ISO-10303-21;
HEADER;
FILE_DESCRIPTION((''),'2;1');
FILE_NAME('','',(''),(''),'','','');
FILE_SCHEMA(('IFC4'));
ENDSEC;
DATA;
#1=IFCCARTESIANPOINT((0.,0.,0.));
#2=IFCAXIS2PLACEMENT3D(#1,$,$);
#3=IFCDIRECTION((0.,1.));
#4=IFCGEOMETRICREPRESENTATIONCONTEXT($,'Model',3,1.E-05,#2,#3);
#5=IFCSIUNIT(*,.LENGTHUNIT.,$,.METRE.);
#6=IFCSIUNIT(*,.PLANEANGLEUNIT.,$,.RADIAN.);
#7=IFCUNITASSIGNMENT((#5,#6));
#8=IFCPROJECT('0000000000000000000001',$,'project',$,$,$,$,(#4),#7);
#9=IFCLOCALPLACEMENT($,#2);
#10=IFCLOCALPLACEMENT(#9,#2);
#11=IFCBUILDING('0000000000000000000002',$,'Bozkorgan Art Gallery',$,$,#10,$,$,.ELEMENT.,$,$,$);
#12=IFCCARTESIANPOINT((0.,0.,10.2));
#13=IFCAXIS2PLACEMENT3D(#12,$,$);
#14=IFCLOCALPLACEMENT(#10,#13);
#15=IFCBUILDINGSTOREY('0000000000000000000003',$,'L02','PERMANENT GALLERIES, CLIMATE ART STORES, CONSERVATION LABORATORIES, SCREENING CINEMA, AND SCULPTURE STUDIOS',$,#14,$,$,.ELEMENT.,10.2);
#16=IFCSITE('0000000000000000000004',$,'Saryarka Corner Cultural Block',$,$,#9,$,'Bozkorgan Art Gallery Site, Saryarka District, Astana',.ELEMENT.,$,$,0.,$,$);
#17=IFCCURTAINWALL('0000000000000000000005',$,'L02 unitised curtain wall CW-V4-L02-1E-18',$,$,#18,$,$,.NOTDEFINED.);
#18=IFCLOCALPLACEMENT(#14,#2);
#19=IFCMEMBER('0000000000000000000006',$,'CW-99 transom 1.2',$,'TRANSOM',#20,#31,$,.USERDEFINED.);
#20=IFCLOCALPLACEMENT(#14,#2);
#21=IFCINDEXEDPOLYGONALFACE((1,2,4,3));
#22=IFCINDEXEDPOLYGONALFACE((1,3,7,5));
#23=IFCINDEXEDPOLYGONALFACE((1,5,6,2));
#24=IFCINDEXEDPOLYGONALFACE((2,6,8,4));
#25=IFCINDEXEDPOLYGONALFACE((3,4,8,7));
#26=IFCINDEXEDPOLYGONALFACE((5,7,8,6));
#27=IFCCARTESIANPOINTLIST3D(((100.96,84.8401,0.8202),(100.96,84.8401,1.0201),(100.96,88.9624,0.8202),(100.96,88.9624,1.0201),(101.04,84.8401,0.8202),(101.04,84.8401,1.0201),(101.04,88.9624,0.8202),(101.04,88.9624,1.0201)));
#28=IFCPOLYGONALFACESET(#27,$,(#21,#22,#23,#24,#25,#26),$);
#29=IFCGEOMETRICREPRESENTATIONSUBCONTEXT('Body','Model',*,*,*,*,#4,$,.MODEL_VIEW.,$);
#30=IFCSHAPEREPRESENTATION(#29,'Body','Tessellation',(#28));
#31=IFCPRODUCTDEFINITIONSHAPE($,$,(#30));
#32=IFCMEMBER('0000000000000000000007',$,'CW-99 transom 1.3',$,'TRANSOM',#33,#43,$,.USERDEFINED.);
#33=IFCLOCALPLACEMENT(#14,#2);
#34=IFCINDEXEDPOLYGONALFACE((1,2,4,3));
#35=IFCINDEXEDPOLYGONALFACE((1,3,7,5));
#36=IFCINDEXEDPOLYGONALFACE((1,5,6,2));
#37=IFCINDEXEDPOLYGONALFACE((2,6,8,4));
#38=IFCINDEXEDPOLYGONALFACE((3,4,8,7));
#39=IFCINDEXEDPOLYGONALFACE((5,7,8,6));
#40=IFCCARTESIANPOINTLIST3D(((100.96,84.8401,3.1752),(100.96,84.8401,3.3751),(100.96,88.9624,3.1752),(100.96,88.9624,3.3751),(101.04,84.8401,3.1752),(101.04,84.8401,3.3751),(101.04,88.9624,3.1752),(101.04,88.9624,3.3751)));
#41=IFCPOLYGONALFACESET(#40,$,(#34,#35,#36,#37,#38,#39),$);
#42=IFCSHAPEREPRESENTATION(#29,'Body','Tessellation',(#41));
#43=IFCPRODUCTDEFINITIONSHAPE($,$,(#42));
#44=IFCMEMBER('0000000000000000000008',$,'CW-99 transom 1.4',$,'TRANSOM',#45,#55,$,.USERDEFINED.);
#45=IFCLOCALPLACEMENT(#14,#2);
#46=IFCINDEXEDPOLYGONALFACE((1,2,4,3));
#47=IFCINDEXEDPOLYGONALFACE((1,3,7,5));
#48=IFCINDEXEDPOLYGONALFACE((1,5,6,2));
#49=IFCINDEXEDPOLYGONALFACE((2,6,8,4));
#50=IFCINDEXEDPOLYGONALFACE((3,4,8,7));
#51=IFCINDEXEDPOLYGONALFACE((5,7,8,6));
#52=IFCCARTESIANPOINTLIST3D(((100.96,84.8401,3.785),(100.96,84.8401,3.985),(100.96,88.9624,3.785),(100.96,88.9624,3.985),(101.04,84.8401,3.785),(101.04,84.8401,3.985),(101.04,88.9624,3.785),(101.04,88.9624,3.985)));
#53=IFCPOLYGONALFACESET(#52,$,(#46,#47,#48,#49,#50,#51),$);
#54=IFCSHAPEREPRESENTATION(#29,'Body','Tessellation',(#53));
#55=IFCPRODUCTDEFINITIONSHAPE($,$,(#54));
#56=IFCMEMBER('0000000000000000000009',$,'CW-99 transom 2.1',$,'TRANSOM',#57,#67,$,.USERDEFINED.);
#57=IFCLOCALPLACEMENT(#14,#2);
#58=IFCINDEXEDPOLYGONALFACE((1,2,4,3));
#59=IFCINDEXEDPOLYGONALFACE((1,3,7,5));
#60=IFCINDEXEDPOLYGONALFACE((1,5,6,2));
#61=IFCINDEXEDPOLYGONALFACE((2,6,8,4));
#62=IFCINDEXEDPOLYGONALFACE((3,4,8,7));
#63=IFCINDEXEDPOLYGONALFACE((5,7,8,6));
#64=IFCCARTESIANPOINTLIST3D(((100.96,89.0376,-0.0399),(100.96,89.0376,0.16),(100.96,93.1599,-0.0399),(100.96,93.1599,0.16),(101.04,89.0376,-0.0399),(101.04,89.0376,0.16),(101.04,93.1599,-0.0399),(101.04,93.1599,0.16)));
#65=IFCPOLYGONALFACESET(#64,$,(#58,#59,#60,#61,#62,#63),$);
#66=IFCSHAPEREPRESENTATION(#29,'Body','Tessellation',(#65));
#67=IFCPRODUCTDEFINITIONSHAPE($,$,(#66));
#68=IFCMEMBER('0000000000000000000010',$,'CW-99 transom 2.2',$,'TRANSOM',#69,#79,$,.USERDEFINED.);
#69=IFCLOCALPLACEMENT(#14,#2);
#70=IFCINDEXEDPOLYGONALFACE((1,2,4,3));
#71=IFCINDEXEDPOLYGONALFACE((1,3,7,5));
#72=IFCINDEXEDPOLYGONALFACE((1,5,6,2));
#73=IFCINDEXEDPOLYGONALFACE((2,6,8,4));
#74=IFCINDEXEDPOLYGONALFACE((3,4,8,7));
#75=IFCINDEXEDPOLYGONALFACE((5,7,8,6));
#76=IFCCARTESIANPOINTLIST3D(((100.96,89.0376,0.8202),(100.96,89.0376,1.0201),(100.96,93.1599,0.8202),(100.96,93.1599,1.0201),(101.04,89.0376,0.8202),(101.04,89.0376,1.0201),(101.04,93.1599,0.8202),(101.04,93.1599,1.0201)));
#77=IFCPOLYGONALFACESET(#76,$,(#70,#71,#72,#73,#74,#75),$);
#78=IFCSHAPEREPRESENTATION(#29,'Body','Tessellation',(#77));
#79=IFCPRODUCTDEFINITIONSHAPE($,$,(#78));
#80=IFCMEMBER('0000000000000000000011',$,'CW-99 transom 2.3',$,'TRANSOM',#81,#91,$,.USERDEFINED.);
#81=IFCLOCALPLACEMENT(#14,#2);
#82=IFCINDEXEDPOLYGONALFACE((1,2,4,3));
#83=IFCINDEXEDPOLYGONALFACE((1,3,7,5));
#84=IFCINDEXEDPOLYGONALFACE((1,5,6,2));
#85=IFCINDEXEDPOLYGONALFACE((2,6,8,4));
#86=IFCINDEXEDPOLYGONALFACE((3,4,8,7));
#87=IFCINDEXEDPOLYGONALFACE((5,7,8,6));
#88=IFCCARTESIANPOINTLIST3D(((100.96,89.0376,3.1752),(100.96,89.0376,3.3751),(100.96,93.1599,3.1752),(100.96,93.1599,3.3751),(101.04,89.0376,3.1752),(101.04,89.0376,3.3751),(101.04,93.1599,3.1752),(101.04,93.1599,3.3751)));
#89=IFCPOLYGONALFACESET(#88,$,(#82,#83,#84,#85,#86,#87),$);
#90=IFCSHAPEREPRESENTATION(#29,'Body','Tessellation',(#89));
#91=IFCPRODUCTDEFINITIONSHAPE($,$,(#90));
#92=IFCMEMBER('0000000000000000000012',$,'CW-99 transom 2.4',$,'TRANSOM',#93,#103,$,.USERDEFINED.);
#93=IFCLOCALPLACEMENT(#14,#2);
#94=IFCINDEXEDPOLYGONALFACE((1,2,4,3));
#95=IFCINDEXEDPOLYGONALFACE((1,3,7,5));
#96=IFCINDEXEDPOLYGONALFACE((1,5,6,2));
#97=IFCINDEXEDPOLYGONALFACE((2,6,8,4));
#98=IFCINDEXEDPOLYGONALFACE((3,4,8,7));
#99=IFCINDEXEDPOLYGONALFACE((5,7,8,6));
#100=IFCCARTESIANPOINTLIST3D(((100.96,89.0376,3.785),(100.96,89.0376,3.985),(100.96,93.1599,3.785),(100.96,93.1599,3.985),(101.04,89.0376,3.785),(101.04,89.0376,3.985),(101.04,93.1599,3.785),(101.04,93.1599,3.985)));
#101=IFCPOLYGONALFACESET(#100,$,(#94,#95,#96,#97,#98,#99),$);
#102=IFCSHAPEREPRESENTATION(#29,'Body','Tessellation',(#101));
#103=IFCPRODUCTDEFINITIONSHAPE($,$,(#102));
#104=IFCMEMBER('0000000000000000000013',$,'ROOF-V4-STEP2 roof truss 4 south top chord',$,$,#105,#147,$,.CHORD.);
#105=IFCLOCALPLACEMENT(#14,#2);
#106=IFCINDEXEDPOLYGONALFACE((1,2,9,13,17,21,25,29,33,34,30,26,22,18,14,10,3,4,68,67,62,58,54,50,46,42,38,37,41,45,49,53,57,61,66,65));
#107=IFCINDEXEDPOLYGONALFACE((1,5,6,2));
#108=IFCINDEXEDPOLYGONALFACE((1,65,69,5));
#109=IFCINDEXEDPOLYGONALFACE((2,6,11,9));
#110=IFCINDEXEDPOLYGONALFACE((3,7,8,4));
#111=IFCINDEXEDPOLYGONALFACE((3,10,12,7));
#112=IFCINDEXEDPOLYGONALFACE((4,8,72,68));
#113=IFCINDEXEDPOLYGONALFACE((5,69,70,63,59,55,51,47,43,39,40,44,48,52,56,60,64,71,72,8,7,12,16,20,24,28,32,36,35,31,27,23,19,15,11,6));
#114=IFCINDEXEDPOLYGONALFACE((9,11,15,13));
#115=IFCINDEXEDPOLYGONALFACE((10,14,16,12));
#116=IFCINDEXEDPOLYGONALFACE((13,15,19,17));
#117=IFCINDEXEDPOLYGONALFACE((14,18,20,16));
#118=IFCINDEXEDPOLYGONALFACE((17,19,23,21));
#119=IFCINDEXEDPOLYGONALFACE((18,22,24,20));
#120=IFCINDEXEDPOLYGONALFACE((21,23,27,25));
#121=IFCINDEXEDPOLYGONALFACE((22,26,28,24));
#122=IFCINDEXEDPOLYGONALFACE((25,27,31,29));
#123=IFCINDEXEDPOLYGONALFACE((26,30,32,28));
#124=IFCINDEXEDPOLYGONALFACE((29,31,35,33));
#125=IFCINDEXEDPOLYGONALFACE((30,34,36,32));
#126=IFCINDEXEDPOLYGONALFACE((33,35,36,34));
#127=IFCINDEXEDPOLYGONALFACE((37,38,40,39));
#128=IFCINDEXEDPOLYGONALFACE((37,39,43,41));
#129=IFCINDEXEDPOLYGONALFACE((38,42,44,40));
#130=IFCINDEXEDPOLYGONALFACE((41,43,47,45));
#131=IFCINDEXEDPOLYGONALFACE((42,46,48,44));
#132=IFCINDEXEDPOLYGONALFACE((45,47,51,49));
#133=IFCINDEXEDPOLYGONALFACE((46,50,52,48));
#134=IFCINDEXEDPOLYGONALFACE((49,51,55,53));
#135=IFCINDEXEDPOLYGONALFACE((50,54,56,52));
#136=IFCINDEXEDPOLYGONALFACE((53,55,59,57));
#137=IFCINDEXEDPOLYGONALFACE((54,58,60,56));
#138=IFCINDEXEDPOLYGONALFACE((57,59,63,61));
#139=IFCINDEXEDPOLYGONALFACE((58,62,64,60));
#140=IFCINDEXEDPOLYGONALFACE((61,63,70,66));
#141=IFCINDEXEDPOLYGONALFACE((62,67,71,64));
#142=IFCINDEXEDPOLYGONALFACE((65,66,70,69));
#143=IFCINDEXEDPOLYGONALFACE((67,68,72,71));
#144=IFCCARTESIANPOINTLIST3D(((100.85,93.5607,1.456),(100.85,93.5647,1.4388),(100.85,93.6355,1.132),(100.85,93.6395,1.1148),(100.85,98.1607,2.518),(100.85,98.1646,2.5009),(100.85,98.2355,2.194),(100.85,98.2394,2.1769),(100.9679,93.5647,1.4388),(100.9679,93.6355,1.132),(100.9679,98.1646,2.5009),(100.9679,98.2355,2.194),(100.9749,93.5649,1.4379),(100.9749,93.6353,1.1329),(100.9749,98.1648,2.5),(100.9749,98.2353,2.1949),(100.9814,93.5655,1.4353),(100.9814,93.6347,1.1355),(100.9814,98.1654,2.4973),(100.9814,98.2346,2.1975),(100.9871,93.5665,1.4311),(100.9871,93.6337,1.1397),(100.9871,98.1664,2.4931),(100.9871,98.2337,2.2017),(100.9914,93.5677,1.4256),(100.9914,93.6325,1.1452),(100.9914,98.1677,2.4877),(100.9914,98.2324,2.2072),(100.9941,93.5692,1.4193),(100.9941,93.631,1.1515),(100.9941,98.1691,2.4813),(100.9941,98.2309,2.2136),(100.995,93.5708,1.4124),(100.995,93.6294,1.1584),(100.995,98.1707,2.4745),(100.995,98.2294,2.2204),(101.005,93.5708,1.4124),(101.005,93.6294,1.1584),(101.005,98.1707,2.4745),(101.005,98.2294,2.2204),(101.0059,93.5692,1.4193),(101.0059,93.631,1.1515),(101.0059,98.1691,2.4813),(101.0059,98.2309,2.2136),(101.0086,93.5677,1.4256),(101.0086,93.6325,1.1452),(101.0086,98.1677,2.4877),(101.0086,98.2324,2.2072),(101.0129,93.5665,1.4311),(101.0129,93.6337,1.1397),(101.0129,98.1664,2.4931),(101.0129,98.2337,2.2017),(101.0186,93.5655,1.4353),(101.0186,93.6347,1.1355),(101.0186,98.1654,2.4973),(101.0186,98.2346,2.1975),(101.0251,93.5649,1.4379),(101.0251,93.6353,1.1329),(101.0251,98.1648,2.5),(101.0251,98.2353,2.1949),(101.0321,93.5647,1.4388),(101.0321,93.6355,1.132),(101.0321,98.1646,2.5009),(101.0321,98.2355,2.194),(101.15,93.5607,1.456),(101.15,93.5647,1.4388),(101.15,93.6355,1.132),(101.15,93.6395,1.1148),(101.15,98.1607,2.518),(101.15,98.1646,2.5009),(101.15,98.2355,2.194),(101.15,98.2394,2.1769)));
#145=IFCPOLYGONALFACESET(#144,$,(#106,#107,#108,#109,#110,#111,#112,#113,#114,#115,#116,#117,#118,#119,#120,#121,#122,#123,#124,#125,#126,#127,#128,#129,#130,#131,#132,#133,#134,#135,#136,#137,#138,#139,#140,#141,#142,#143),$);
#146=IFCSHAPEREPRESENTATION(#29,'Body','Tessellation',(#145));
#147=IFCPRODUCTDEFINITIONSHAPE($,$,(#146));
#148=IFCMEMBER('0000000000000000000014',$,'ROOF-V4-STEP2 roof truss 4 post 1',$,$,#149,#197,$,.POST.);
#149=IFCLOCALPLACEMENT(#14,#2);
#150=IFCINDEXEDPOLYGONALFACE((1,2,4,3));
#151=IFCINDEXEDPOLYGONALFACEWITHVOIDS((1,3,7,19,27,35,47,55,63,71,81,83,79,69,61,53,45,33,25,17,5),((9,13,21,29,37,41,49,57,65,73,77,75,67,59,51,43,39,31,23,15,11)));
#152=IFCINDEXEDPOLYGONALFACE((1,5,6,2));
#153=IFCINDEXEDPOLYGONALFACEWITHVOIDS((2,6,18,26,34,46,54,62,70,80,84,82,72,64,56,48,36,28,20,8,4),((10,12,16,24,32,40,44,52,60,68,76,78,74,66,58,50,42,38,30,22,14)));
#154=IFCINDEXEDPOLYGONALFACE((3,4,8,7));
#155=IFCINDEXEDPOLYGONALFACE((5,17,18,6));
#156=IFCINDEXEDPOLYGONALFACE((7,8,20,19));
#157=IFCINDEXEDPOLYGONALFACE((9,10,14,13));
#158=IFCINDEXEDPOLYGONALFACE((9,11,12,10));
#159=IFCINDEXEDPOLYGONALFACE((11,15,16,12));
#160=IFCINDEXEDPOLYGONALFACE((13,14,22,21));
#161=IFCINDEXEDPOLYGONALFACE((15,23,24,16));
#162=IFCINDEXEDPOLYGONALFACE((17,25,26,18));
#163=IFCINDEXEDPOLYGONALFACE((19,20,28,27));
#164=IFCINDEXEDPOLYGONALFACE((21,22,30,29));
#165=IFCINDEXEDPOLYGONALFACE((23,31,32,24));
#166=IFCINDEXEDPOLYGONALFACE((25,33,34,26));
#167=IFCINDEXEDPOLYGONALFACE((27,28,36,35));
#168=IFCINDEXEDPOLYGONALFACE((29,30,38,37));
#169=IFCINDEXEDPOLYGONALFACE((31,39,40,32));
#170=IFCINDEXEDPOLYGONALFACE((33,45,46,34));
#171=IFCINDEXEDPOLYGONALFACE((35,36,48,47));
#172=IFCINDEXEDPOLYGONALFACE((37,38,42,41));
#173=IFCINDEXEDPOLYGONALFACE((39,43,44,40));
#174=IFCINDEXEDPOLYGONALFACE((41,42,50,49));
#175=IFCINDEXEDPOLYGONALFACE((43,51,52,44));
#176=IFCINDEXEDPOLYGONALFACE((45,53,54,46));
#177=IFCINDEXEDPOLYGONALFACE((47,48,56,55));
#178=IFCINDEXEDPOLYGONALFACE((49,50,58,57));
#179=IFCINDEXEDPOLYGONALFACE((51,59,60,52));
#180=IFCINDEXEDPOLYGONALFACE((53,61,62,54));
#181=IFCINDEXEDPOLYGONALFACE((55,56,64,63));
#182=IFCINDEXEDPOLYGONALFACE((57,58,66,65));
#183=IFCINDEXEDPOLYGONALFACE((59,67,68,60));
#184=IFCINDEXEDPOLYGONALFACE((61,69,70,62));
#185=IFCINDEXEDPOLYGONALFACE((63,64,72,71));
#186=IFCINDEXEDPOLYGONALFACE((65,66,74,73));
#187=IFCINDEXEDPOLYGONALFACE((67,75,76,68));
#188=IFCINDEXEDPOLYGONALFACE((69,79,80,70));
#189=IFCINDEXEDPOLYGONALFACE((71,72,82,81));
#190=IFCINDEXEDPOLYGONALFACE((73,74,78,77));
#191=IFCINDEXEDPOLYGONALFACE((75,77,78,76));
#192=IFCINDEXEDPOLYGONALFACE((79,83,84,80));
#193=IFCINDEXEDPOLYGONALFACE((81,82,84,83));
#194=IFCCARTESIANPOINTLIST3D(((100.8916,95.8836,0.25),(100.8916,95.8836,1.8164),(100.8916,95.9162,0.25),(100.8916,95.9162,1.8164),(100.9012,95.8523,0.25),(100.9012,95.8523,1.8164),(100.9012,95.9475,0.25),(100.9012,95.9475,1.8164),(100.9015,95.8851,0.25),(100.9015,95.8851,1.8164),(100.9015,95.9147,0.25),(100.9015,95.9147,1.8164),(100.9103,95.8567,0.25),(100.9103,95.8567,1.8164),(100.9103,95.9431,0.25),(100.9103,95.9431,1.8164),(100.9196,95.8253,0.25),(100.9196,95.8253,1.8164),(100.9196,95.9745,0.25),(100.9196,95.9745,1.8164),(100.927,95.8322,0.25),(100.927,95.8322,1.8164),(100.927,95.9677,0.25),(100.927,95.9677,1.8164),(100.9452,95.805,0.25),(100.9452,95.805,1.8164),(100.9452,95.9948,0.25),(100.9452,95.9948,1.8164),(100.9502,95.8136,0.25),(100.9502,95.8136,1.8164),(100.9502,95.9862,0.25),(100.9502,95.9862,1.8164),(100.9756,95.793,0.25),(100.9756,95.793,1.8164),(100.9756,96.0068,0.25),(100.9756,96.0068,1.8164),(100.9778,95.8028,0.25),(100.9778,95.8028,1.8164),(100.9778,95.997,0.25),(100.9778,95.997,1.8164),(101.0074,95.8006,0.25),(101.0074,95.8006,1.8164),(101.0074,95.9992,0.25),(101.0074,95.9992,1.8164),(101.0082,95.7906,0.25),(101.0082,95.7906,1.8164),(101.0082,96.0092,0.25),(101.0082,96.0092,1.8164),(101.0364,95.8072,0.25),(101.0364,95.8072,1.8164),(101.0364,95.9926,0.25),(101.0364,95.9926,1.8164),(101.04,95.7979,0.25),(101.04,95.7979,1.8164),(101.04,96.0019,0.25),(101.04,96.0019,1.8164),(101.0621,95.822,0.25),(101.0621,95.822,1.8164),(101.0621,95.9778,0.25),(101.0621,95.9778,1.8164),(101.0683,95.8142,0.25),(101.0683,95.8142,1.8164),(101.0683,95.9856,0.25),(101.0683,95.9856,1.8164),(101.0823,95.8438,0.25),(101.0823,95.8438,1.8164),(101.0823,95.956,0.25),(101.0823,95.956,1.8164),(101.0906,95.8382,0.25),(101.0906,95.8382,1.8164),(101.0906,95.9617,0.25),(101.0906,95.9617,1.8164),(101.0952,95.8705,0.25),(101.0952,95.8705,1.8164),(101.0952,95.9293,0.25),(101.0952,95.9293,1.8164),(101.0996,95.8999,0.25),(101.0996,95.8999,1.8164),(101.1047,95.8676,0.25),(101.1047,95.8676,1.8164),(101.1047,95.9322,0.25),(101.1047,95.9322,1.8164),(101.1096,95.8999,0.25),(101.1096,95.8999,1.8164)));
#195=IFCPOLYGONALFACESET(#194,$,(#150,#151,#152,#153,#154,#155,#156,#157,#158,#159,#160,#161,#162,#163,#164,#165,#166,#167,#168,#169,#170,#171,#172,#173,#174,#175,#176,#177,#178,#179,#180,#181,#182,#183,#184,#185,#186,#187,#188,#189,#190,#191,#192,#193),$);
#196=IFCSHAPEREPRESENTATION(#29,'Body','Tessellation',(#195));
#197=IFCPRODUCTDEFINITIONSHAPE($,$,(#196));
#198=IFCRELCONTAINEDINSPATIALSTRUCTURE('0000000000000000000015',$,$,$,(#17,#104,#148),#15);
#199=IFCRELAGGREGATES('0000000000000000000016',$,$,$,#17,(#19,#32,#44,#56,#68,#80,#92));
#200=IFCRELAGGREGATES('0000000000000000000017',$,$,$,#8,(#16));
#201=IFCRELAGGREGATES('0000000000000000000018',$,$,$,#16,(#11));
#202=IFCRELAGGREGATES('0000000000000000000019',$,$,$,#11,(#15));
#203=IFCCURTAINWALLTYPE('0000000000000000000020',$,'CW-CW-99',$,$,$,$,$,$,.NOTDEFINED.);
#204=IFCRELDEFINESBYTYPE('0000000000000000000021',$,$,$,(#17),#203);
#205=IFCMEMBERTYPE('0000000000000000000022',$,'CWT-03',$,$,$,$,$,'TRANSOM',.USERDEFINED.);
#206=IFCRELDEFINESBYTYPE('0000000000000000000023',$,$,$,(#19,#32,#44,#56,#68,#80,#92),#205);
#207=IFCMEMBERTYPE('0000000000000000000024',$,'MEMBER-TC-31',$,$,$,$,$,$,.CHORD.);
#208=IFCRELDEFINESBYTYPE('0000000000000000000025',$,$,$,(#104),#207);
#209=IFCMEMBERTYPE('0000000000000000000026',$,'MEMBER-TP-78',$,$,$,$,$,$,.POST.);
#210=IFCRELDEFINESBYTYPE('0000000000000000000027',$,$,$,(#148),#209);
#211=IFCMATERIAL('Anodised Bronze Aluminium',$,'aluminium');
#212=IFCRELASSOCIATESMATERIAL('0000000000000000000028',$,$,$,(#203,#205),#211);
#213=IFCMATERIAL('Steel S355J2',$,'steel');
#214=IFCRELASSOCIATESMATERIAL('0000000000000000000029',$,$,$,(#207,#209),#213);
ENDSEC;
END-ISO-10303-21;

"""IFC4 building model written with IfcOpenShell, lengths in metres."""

from ifc_helpers import new_model, si_unit, direction, frame, origin, origin_2d, place, context, subcontext, project, spatial, rectangle, hollow_circle, i_section, extrude, material, material_profile, profile_set, type_object, element, aggregate, save


model = new_model("IFC4")

# Units and contexts
model_context = context("Model", 3, precision=1e-05, world=origin(), true_north=direction((0.0, 1.0)))
body_context = subcontext(model_context, "Body", "Model", "MODEL_VIEW")
ifc_project = project(units=[si_unit("LENGTHUNIT", "METRE"), si_unit("PLANEANGLEUNIT", "RADIAN")], contexts=[model_context])

# Site, building, storey
site_placement = place(None, origin())
site = spatial("IfcSite", under=ifc_project, at=site_placement, Name="Saryarka Corner Cultural Block", LongName="Bozkorgan Art Gallery Site, Saryarka District, Astana", CompositionType="ELEMENT", RefElevation=0.0)
building_placement = place(site_placement, origin())
building = spatial("IfcBuilding", under=site, at=building_placement, Name="Bozkorgan Art Gallery", CompositionType="ELEMENT")
storey_placement = place(building_placement, frame((0.0, 0.0, 10.2)))
storey = spatial("IfcBuildingStorey", under=building, at=storey_placement, Name="L02", Description="PERMANENT GALLERIES, CLIMATE ART STORES, CONSERVATION LABORATORIES, SCREENING CINEMA, AND SCULPTURE STUDIOS", CompositionType="ELEMENT", Elevation=10.2)

# Shared definitions
ifc_material_1 = material(Name="Steel S355J2", Category="steel")

# Shared definitions
ifc_material_2 = material(Name="Anodised Bronze Aluminium", Category="aluminium")
curtain_wall_type = type_object("IfcCurtainWallType", Name="CW-CW-99", PredefinedType="NOTDEFINED", material=ifc_material_2)

# Curtain wall, members
curtain_wall_1_placement = place(storey_placement, origin())
curtain_wall_1 = element("IfcCurtainWall", 1, at=curtain_wall_1_placement, inside=storey, type_object=curtain_wall_type, Name="L02 unitised curtain wall CW-V4-L02-1E-18", PredefinedType="NOTDEFINED")
ifc_material_profile_1 = material_profile(ifc_material_2, rectangle(XDim=0.0801, YDim=0.2, at=origin_2d()), Name="ALU TRANSOM 80x200")
ifc_profile_set_1 = profile_set([ifc_material_profile_1], Name="Anodised Bronze Aluminium")
member_type_1 = type_object("IfcMemberType", Name="CWT-03", ElementType="TRANSOM", PredefinedType="USERDEFINED", material=ifc_profile_set_1)
member_1_placement = place(storey_placement, frame((101.0, 84.8401, 0.9202), z_axis=(0.0, 1.0, 0.0), x_axis=(-1.0, 0.0, 0.0)))
member_1 = element("IfcMember", 2, at=member_1_placement, type_object=member_type_1, Name="CW-99 transom 1.2", ObjectType="TRANSOM", PredefinedType="USERDEFINED", context=body_context, shape_type="SweptSolid", body=[
    extrude(rectangle(XDim=0.0801, YDim=0.2, at=origin_2d()), origin(), (0.0, 0.0, 1.0), 4.1223),
])
member_2_placement = place(storey_placement, frame((101.0, 84.8401, 3.2751), z_axis=(0.0, 1.0, 0.0), x_axis=(-1.0, 0.0, 0.0)))
member_2 = element("IfcMember", 3, at=member_2_placement, type_object=member_type_1, Name="CW-99 transom 1.3", ObjectType="TRANSOM", PredefinedType="USERDEFINED", context=body_context, shape_type="SweptSolid", body=[
    extrude(rectangle(XDim=0.0801, YDim=0.2, at=origin_2d()), origin(), (0.0, 0.0, 1.0), 4.1223),
])
member_3_placement = place(storey_placement, frame((101.0, 84.8401, 3.885), z_axis=(0.0, 1.0, 0.0), x_axis=(-1.0, 0.0, 0.0)))
member_3 = element("IfcMember", 4, at=member_3_placement, type_object=member_type_1, Name="CW-99 transom 1.4", ObjectType="TRANSOM", PredefinedType="USERDEFINED", context=body_context, shape_type="SweptSolid", body=[
    extrude(rectangle(XDim=0.0801, YDim=0.2, at=origin_2d()), origin(), (0.0, 0.0, 1.0), 4.1223),
])
member_4_placement = place(storey_placement, frame((101.0, 89.0376, 0.0601), z_axis=(0.0, 1.0, 0.0), x_axis=(-1.0, 0.0, 0.0)))
member_4 = element("IfcMember", 5, at=member_4_placement, type_object=member_type_1, Name="CW-99 transom 2.1", ObjectType="TRANSOM", PredefinedType="USERDEFINED", context=body_context, shape_type="SweptSolid", body=[
    extrude(rectangle(XDim=0.0801, YDim=0.2, at=origin_2d()), origin(), (0.0, 0.0, 1.0), 4.1223),
])
member_5_placement = place(storey_placement, frame((101.0, 89.0376, 0.9202), z_axis=(0.0, 1.0, 0.0), x_axis=(-1.0, 0.0, 0.0)))
member_5 = element("IfcMember", 6, at=member_5_placement, type_object=member_type_1, Name="CW-99 transom 2.2", ObjectType="TRANSOM", PredefinedType="USERDEFINED", context=body_context, shape_type="SweptSolid", body=[
    extrude(rectangle(XDim=0.0801, YDim=0.2, at=origin_2d()), origin(), (0.0, 0.0, 1.0), 4.1223),
])
member_6_placement = place(storey_placement, frame((101.0, 89.0376, 3.2751), z_axis=(0.0, 1.0, 0.0), x_axis=(-1.0, 0.0, 0.0)))
member_6 = element("IfcMember", 7, at=member_6_placement, type_object=member_type_1, Name="CW-99 transom 2.3", ObjectType="TRANSOM", PredefinedType="USERDEFINED", context=body_context, shape_type="SweptSolid", body=[
    extrude(rectangle(XDim=0.0801, YDim=0.2, at=origin_2d()), origin(), (0.0, 0.0, 1.0), 4.1223),
])
member_7_placement = place(storey_placement, frame((101.0, 89.0376, 3.885), z_axis=(0.0, 1.0, 0.0), x_axis=(-1.0, 0.0, 0.0)))
member_7 = element("IfcMember", 8, at=member_7_placement, type_object=member_type_1, Name="CW-99 transom 2.4", ObjectType="TRANSOM", PredefinedType="USERDEFINED", context=body_context, shape_type="SweptSolid", body=[
    extrude(rectangle(XDim=0.0801, YDim=0.2, at=origin_2d()), origin(), (0.0, 0.0, 1.0), 4.1223),
])

# Members
ifc_material_profile_2 = material_profile(ifc_material_1, i_section(OverallWidth=0.3, OverallDepth=0.3501, WebThickness=0.01, FlangeThickness=0.0176, FilletRadius=0.0271, at=origin_2d()), Name="HEA 360")
ifc_profile_set_2 = profile_set([ifc_material_profile_2], Name="Steel S355J2")
member_type_2 = type_object("IfcMemberType", Name="MEMBER-TC-31", PredefinedType="CHORD", material=ifc_profile_set_2)
member_8_placement = place(storey_placement, frame((101.0, 93.6001, 1.2854), z_axis=(0.0, 0.974368, 0.224961), x_axis=(-1.0, 0.0, 0.0)))
element("IfcMember", 9, at=member_8_placement, inside=storey, type_object=member_type_2, Name="ROOF-V4-STEP2 roof truss 4 south top chord", PredefinedType="CHORD", context=body_context, shape_type="SweptSolid", body=[
    extrude(i_section(OverallWidth=0.3, OverallDepth=0.3501, WebThickness=0.01, FlangeThickness=0.0176, FilletRadius=0.0271, at=origin_2d()), origin(), (0.0, 0.0, 1.0), 4.7209),
])
ifc_material_profile_3 = material_profile(ifc_material_1, hollow_circle(Radius=0.1096, WallThickness=0.01, at=origin_2d()), Name="CHS 219.1x10")
ifc_profile_set_3 = profile_set([ifc_material_profile_3], Name="Steel S355J2")
member_type_3 = type_object("IfcMemberType", Name="MEMBER-TP-78", PredefinedType="POST", material=ifc_profile_set_3)
member_9_placement = place(storey_placement, frame((101.0, 95.8999, 0.25), z_axis=(0.0, 0.0, 1.0), x_axis=(1.0, 0.0, 0.0)))
element("IfcMember", 10, at=member_9_placement, inside=storey, type_object=member_type_3, Name="ROOF-V4-STEP2 roof truss 4 post 1", PredefinedType="POST", context=body_context, shape_type="SweptSolid", body=[
    extrude(hollow_circle(Radius=0.1096, WallThickness=0.01, at=origin_2d()), origin(), (0.0, 0.0, 1.0), 1.5664),
])

aggregate(curtain_wall_1, [member_1, member_2, member_3, member_4, member_5, member_6, member_7])

save(model, "model.ifc")
